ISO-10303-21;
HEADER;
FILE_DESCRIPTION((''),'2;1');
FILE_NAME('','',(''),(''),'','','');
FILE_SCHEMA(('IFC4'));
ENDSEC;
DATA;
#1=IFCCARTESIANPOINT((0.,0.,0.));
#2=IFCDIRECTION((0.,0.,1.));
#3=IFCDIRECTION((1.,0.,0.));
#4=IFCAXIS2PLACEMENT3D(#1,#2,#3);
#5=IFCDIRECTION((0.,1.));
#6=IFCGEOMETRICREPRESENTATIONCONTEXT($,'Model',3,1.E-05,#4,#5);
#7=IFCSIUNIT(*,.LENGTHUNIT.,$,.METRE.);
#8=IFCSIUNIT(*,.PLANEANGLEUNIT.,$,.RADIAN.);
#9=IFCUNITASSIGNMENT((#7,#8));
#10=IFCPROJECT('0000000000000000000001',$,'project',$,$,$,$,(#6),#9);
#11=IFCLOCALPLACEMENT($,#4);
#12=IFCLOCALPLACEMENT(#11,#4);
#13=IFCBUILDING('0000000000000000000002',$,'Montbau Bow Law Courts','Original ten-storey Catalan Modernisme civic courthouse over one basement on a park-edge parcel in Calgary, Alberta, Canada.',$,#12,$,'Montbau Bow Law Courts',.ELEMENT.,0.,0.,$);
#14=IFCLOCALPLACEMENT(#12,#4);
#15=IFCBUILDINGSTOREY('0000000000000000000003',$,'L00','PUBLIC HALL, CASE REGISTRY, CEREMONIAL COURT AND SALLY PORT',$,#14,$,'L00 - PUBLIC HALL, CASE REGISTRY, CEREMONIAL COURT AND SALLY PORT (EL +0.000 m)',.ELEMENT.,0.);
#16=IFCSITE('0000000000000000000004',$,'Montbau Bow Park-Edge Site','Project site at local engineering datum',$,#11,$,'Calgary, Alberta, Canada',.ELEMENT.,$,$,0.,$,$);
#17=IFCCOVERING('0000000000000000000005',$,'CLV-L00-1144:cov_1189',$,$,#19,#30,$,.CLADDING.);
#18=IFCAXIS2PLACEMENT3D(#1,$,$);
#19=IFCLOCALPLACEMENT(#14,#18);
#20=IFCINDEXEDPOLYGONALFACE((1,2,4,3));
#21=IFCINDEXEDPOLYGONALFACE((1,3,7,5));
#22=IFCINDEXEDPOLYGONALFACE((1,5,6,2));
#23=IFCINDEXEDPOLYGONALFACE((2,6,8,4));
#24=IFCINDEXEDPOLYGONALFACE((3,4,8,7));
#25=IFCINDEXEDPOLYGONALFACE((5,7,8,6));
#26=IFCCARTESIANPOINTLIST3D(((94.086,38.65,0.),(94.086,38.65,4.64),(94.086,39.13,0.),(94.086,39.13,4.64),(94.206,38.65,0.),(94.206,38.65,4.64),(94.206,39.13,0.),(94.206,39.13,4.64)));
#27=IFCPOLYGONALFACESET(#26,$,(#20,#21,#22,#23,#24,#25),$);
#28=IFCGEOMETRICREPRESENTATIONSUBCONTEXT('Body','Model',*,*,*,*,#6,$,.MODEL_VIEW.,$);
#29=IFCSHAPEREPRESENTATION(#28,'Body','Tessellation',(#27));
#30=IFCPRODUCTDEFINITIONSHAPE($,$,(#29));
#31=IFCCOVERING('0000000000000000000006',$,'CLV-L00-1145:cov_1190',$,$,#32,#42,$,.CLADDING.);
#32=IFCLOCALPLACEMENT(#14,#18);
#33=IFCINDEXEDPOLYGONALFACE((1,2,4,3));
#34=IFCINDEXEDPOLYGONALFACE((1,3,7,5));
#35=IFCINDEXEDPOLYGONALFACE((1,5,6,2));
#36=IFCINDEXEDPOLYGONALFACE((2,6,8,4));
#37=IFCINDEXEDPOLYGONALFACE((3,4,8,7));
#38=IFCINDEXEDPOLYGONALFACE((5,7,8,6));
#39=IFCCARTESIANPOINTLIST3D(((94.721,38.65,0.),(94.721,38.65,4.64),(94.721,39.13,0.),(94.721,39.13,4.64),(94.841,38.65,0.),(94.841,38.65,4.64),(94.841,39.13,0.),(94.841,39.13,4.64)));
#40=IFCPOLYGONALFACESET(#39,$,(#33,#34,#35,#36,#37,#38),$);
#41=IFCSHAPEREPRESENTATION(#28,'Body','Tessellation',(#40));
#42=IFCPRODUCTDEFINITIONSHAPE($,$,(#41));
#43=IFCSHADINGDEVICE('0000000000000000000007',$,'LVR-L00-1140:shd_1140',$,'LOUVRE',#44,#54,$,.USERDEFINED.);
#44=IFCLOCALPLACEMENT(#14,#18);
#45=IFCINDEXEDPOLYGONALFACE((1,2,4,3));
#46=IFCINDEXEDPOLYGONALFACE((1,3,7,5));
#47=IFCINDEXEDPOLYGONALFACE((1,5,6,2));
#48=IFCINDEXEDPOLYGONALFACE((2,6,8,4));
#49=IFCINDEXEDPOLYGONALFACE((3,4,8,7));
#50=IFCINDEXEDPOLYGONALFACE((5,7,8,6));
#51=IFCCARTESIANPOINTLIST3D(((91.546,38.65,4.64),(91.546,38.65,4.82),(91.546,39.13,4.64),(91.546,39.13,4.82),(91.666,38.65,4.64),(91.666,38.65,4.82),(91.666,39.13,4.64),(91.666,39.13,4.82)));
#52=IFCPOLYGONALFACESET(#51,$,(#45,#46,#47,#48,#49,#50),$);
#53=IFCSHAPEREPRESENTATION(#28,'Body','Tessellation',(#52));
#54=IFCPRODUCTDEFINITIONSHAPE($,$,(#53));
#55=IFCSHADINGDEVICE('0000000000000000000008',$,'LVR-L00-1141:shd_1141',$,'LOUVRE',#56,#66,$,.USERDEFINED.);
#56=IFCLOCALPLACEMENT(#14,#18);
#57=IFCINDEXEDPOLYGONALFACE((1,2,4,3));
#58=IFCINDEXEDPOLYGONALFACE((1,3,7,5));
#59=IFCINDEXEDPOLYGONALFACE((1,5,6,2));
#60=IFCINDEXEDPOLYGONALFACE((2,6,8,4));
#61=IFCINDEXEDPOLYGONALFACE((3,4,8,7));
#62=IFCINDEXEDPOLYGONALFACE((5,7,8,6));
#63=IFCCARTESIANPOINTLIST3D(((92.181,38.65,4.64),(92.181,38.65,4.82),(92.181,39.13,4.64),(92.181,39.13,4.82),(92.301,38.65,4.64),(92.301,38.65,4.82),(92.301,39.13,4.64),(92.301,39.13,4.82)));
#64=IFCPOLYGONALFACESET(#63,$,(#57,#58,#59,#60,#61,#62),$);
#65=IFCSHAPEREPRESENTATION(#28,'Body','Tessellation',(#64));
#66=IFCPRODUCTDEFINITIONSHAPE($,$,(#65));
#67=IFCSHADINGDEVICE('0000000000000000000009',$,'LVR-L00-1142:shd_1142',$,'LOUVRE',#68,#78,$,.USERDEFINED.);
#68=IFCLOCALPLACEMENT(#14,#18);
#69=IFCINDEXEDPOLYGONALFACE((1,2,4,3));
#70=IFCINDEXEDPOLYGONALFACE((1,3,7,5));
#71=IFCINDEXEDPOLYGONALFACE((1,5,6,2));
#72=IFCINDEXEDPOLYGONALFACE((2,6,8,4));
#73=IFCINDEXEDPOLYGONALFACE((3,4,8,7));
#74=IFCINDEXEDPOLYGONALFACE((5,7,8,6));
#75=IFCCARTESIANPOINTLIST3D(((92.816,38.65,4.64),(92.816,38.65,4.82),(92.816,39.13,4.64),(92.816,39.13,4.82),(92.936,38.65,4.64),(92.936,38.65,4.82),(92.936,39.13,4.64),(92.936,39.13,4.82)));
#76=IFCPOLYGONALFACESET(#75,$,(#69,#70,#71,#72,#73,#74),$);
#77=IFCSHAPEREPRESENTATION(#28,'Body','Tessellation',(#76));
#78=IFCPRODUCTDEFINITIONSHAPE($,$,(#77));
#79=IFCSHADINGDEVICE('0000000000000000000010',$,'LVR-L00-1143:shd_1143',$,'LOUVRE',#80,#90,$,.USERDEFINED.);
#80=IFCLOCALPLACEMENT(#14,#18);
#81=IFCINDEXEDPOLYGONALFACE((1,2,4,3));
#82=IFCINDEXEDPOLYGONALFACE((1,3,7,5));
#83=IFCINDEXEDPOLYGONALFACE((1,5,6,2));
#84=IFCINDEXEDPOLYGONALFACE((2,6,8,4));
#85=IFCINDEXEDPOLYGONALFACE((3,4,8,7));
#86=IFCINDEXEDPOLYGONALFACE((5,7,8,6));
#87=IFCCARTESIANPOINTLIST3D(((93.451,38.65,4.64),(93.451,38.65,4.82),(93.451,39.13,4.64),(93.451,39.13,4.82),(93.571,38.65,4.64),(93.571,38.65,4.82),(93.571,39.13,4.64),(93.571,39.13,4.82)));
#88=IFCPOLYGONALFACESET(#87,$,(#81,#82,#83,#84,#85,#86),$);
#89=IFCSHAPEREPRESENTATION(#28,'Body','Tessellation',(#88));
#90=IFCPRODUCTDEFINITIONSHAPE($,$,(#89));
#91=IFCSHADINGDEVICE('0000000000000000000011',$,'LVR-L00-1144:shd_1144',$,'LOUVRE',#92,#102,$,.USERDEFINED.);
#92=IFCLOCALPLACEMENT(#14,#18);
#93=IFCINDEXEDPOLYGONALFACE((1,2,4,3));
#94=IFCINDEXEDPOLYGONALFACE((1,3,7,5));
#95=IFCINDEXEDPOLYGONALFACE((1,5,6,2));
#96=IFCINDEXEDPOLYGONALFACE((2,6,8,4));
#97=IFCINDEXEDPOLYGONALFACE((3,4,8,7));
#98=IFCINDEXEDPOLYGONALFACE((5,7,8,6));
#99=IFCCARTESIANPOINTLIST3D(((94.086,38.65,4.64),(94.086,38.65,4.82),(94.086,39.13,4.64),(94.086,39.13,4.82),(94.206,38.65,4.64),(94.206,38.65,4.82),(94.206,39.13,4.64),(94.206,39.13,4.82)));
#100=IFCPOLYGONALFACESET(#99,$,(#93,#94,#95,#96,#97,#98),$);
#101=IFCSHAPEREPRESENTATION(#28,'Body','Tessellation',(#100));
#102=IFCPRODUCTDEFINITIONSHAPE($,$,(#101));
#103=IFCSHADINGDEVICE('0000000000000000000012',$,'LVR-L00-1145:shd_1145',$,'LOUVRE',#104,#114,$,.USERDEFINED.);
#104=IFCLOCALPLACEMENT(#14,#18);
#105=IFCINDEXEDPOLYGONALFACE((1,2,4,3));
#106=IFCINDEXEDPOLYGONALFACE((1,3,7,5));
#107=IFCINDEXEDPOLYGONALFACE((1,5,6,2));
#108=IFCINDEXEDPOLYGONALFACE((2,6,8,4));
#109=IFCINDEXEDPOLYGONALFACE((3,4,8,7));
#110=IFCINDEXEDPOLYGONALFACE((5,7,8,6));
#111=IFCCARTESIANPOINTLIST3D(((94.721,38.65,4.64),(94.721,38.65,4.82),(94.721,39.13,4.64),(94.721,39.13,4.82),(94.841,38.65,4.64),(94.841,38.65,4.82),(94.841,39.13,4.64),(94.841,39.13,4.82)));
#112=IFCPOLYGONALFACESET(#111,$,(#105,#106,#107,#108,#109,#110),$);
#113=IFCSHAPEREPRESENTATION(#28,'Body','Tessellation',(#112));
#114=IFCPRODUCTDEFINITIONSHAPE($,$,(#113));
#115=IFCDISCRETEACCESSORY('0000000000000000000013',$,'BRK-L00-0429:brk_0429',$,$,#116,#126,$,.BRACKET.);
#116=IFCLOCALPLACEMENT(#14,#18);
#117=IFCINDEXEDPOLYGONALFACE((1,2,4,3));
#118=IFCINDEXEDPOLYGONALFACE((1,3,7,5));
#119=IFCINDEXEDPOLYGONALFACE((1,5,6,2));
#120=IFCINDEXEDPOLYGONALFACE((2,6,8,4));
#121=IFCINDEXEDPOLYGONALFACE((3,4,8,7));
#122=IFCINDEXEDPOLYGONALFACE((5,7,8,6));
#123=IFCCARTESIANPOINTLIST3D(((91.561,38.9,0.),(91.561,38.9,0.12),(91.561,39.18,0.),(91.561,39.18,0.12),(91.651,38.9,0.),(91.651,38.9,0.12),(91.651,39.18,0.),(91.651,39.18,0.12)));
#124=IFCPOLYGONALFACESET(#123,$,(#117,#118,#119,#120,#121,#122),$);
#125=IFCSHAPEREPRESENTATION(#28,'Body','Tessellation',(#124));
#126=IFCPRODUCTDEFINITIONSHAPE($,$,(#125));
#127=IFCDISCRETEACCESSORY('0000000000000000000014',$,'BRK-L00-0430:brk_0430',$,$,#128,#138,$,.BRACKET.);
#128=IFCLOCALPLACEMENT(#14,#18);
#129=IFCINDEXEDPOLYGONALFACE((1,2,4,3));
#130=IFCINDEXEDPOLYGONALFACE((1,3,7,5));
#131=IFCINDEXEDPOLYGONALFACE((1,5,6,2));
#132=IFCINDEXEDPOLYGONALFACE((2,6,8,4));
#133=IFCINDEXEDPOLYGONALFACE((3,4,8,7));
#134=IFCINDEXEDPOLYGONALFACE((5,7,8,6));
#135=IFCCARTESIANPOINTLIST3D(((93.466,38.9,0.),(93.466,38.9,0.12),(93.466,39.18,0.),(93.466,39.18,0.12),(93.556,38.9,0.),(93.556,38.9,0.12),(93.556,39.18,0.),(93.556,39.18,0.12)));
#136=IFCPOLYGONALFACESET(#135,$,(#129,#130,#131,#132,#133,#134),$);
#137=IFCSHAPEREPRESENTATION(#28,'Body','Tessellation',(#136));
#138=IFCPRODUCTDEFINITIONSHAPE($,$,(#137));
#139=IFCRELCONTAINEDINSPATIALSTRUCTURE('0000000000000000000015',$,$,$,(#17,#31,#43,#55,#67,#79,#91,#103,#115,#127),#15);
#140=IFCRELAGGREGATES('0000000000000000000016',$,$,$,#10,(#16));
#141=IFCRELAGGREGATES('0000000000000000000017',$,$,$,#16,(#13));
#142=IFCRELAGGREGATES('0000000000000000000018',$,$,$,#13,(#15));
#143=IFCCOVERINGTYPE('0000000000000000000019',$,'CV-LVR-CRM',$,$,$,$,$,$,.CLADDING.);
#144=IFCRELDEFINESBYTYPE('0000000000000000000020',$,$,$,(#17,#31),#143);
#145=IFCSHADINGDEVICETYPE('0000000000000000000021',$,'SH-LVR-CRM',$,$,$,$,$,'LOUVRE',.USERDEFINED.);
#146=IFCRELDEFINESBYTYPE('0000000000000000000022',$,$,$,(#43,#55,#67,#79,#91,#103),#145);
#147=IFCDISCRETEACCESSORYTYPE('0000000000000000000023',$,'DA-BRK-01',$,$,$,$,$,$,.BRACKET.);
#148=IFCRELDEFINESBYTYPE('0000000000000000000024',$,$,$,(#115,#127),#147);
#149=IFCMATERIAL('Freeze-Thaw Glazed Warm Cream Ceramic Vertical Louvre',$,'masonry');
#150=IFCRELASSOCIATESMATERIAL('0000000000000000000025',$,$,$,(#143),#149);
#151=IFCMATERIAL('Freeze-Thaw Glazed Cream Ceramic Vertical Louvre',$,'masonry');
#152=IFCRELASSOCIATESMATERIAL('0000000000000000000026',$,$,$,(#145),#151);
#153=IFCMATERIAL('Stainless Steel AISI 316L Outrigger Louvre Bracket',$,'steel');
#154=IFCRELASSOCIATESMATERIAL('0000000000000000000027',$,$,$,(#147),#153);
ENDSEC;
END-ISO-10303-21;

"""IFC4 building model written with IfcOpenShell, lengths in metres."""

from ifc_helpers import new_model, si_unit, direction, frame, frame_2d, origin_with_axes, origin_2d_with_axis, place, context, subcontext, project, spatial, rectangle, extrude, material, type_object, element, save


model = new_model("IFC4")

# Units and contexts
model_context = context("Model", 3, precision=1e-05, world=origin_with_axes(), true_north=direction((0.0, 1.0)))
body_context = subcontext(model_context, "Body", "Model", "MODEL_VIEW")
ifc_project = project(units=[si_unit("LENGTHUNIT", "METRE"), si_unit("PLANEANGLEUNIT", "RADIAN")], contexts=[model_context])

# Site, building, storey
site_placement = place(None, origin_with_axes())
site = spatial("IfcSite", under=ifc_project, at=site_placement, Name="Montbau Bow Park-Edge Site", Description="Project site at local engineering datum", LongName="Calgary, Alberta, Canada", CompositionType="ELEMENT", RefElevation=0.0)
building_placement = place(site_placement, origin_with_axes())
building = spatial("IfcBuilding", under=site, at=building_placement, Name="Montbau Bow Law Courts", Description="Original ten-storey Catalan Modernisme civic courthouse over one basement on a park-edge parcel in Calgary, Alberta, Canada.", LongName="Montbau Bow Law Courts", CompositionType="ELEMENT", ElevationOfRefHeight=0.0, ElevationOfTerrain=0.0)
storey_placement = place(building_placement, origin_with_axes())
storey = spatial("IfcBuildingStorey", under=building, at=storey_placement, Name="L00", Description="PUBLIC HALL, CASE REGISTRY, CEREMONIAL COURT AND SALLY PORT", LongName="L00 - PUBLIC HALL, CASE REGISTRY, CEREMONIAL COURT AND SALLY PORT (EL +0.000 m)", CompositionType="ELEMENT", Elevation=0.0)

# Coverings
ifc_material_1 = material(Name="Freeze-Thaw Glazed Warm Cream Ceramic Vertical Louvre", Category="masonry")
covering_type = type_object("IfcCoveringType", Name="CV-LVR-CRM", PredefinedType="CLADDING", material=ifc_material_1)
for number, where, z_axis, x_axis, name in (
    (1, (94.146, 39.13, 0.0), (-1.0, 0.0, 0.0), (0.0, -1.0, 0.0), "CLV-L00-1144:cov_1189"),
    (2, (94.781, 39.13, 0.0), (-1.0, 0.0, 0.0), (0.0, -1.0, 0.0), "CLV-L00-1145:cov_1190"),
):
    element("IfcCovering", number, at=place(None, frame(where, z_axis=z_axis, x_axis=x_axis)), inside=storey, type_object=covering_type, Name=name, PredefinedType="CLADDING", context=body_context, shape_type="SweptSolid", body=[
        extrude(rectangle(XDim=0.48, YDim=4.64, at=frame_2d((0.24, 2.32), x_axis=(1.0, 0.0))), frame((0.0, 0.0, -0.06), z_axis=(0.0, 0.0, 1.0), x_axis=(1.0, 0.0, 0.0)), (0.0, 0.0, 1.0), 0.12),
    ])

# Shading devices
ifc_material_2 = material(Name="Freeze-Thaw Glazed Cream Ceramic Vertical Louvre", Category="masonry")
shading_device_type = type_object("IfcShadingDeviceType", Name="SH-LVR-CRM", ElementType="LOUVRE", PredefinedType="USERDEFINED", material=ifc_material_2)
for number, where, z_axis, x_axis, name in (
    (3, (91.606, 38.89, 4.64), (0.0, 0.0, 1.0), (0.0, -1.0, 0.0), "LVR-L00-1140:shd_1140"),
    (4, (92.241, 38.89, 4.64), (0.0, 0.0, 1.0), (0.0, -1.0, 0.0), "LVR-L00-1141:shd_1141"),
    (5, (92.876, 38.89, 4.64), (0.0, 0.0, 1.0), (0.0, -1.0, 0.0), "LVR-L00-1142:shd_1142"),
    (6, (93.511, 38.89, 4.64), (0.0, 0.0, 1.0), (0.0, -1.0, 0.0), "LVR-L00-1143:shd_1143"),
    (7, (94.146, 38.89, 4.64), (0.0, 0.0, 1.0), (0.0, -1.0, 0.0), "LVR-L00-1144:shd_1144"),
    (8, (94.781, 38.89, 4.64), (0.0, 0.0, 1.0), (0.0, -1.0, 0.0), "LVR-L00-1145:shd_1145"),
):
    element("IfcShadingDevice", number, at=place(None, frame(where, z_axis=z_axis, x_axis=x_axis)), inside=storey, type_object=shading_device_type, Name=name, ObjectType="LOUVRE", PredefinedType="USERDEFINED", context=body_context, shape_type="SweptSolid", body=[
        extrude(rectangle(XDim=0.48, YDim=0.12, at=origin_2d_with_axis()), origin_with_axes(), (0.0, 0.0, 1.0), 0.18),
    ])

# Discrete accessories
ifc_material_3 = material(Name="Stainless Steel AISI 316L Outrigger Louvre Bracket", Category="steel")
discrete_accessory_type = type_object("IfcDiscreteAccessoryType", Name="DA-BRK-01", PredefinedType="BRACKET", material=ifc_material_3)
for number, where, z_axis, x_axis, name in (
    (9, (91.606, 39.04, 0.0), (0.0, 0.0, 1.0), (0.0, -1.0, 0.0), "BRK-L00-0429:brk_0429"),
    (10, (93.511, 39.04, 0.0), (0.0, 0.0, 1.0), (0.0, -1.0, 0.0), "BRK-L00-0430:brk_0430"),
):
    element("IfcDiscreteAccessory", number, at=place(None, frame(where, z_axis=z_axis, x_axis=x_axis)), inside=storey, type_object=discrete_accessory_type, Name=name, PredefinedType="BRACKET", context=body_context, shape_type="SweptSolid", body=[
        extrude(rectangle(XDim=0.28, YDim=0.09, at=origin_2d_with_axis()), origin_with_axes(), (0.0, 0.0, 1.0), 0.12),
    ])

save(model, "model.ifc")
